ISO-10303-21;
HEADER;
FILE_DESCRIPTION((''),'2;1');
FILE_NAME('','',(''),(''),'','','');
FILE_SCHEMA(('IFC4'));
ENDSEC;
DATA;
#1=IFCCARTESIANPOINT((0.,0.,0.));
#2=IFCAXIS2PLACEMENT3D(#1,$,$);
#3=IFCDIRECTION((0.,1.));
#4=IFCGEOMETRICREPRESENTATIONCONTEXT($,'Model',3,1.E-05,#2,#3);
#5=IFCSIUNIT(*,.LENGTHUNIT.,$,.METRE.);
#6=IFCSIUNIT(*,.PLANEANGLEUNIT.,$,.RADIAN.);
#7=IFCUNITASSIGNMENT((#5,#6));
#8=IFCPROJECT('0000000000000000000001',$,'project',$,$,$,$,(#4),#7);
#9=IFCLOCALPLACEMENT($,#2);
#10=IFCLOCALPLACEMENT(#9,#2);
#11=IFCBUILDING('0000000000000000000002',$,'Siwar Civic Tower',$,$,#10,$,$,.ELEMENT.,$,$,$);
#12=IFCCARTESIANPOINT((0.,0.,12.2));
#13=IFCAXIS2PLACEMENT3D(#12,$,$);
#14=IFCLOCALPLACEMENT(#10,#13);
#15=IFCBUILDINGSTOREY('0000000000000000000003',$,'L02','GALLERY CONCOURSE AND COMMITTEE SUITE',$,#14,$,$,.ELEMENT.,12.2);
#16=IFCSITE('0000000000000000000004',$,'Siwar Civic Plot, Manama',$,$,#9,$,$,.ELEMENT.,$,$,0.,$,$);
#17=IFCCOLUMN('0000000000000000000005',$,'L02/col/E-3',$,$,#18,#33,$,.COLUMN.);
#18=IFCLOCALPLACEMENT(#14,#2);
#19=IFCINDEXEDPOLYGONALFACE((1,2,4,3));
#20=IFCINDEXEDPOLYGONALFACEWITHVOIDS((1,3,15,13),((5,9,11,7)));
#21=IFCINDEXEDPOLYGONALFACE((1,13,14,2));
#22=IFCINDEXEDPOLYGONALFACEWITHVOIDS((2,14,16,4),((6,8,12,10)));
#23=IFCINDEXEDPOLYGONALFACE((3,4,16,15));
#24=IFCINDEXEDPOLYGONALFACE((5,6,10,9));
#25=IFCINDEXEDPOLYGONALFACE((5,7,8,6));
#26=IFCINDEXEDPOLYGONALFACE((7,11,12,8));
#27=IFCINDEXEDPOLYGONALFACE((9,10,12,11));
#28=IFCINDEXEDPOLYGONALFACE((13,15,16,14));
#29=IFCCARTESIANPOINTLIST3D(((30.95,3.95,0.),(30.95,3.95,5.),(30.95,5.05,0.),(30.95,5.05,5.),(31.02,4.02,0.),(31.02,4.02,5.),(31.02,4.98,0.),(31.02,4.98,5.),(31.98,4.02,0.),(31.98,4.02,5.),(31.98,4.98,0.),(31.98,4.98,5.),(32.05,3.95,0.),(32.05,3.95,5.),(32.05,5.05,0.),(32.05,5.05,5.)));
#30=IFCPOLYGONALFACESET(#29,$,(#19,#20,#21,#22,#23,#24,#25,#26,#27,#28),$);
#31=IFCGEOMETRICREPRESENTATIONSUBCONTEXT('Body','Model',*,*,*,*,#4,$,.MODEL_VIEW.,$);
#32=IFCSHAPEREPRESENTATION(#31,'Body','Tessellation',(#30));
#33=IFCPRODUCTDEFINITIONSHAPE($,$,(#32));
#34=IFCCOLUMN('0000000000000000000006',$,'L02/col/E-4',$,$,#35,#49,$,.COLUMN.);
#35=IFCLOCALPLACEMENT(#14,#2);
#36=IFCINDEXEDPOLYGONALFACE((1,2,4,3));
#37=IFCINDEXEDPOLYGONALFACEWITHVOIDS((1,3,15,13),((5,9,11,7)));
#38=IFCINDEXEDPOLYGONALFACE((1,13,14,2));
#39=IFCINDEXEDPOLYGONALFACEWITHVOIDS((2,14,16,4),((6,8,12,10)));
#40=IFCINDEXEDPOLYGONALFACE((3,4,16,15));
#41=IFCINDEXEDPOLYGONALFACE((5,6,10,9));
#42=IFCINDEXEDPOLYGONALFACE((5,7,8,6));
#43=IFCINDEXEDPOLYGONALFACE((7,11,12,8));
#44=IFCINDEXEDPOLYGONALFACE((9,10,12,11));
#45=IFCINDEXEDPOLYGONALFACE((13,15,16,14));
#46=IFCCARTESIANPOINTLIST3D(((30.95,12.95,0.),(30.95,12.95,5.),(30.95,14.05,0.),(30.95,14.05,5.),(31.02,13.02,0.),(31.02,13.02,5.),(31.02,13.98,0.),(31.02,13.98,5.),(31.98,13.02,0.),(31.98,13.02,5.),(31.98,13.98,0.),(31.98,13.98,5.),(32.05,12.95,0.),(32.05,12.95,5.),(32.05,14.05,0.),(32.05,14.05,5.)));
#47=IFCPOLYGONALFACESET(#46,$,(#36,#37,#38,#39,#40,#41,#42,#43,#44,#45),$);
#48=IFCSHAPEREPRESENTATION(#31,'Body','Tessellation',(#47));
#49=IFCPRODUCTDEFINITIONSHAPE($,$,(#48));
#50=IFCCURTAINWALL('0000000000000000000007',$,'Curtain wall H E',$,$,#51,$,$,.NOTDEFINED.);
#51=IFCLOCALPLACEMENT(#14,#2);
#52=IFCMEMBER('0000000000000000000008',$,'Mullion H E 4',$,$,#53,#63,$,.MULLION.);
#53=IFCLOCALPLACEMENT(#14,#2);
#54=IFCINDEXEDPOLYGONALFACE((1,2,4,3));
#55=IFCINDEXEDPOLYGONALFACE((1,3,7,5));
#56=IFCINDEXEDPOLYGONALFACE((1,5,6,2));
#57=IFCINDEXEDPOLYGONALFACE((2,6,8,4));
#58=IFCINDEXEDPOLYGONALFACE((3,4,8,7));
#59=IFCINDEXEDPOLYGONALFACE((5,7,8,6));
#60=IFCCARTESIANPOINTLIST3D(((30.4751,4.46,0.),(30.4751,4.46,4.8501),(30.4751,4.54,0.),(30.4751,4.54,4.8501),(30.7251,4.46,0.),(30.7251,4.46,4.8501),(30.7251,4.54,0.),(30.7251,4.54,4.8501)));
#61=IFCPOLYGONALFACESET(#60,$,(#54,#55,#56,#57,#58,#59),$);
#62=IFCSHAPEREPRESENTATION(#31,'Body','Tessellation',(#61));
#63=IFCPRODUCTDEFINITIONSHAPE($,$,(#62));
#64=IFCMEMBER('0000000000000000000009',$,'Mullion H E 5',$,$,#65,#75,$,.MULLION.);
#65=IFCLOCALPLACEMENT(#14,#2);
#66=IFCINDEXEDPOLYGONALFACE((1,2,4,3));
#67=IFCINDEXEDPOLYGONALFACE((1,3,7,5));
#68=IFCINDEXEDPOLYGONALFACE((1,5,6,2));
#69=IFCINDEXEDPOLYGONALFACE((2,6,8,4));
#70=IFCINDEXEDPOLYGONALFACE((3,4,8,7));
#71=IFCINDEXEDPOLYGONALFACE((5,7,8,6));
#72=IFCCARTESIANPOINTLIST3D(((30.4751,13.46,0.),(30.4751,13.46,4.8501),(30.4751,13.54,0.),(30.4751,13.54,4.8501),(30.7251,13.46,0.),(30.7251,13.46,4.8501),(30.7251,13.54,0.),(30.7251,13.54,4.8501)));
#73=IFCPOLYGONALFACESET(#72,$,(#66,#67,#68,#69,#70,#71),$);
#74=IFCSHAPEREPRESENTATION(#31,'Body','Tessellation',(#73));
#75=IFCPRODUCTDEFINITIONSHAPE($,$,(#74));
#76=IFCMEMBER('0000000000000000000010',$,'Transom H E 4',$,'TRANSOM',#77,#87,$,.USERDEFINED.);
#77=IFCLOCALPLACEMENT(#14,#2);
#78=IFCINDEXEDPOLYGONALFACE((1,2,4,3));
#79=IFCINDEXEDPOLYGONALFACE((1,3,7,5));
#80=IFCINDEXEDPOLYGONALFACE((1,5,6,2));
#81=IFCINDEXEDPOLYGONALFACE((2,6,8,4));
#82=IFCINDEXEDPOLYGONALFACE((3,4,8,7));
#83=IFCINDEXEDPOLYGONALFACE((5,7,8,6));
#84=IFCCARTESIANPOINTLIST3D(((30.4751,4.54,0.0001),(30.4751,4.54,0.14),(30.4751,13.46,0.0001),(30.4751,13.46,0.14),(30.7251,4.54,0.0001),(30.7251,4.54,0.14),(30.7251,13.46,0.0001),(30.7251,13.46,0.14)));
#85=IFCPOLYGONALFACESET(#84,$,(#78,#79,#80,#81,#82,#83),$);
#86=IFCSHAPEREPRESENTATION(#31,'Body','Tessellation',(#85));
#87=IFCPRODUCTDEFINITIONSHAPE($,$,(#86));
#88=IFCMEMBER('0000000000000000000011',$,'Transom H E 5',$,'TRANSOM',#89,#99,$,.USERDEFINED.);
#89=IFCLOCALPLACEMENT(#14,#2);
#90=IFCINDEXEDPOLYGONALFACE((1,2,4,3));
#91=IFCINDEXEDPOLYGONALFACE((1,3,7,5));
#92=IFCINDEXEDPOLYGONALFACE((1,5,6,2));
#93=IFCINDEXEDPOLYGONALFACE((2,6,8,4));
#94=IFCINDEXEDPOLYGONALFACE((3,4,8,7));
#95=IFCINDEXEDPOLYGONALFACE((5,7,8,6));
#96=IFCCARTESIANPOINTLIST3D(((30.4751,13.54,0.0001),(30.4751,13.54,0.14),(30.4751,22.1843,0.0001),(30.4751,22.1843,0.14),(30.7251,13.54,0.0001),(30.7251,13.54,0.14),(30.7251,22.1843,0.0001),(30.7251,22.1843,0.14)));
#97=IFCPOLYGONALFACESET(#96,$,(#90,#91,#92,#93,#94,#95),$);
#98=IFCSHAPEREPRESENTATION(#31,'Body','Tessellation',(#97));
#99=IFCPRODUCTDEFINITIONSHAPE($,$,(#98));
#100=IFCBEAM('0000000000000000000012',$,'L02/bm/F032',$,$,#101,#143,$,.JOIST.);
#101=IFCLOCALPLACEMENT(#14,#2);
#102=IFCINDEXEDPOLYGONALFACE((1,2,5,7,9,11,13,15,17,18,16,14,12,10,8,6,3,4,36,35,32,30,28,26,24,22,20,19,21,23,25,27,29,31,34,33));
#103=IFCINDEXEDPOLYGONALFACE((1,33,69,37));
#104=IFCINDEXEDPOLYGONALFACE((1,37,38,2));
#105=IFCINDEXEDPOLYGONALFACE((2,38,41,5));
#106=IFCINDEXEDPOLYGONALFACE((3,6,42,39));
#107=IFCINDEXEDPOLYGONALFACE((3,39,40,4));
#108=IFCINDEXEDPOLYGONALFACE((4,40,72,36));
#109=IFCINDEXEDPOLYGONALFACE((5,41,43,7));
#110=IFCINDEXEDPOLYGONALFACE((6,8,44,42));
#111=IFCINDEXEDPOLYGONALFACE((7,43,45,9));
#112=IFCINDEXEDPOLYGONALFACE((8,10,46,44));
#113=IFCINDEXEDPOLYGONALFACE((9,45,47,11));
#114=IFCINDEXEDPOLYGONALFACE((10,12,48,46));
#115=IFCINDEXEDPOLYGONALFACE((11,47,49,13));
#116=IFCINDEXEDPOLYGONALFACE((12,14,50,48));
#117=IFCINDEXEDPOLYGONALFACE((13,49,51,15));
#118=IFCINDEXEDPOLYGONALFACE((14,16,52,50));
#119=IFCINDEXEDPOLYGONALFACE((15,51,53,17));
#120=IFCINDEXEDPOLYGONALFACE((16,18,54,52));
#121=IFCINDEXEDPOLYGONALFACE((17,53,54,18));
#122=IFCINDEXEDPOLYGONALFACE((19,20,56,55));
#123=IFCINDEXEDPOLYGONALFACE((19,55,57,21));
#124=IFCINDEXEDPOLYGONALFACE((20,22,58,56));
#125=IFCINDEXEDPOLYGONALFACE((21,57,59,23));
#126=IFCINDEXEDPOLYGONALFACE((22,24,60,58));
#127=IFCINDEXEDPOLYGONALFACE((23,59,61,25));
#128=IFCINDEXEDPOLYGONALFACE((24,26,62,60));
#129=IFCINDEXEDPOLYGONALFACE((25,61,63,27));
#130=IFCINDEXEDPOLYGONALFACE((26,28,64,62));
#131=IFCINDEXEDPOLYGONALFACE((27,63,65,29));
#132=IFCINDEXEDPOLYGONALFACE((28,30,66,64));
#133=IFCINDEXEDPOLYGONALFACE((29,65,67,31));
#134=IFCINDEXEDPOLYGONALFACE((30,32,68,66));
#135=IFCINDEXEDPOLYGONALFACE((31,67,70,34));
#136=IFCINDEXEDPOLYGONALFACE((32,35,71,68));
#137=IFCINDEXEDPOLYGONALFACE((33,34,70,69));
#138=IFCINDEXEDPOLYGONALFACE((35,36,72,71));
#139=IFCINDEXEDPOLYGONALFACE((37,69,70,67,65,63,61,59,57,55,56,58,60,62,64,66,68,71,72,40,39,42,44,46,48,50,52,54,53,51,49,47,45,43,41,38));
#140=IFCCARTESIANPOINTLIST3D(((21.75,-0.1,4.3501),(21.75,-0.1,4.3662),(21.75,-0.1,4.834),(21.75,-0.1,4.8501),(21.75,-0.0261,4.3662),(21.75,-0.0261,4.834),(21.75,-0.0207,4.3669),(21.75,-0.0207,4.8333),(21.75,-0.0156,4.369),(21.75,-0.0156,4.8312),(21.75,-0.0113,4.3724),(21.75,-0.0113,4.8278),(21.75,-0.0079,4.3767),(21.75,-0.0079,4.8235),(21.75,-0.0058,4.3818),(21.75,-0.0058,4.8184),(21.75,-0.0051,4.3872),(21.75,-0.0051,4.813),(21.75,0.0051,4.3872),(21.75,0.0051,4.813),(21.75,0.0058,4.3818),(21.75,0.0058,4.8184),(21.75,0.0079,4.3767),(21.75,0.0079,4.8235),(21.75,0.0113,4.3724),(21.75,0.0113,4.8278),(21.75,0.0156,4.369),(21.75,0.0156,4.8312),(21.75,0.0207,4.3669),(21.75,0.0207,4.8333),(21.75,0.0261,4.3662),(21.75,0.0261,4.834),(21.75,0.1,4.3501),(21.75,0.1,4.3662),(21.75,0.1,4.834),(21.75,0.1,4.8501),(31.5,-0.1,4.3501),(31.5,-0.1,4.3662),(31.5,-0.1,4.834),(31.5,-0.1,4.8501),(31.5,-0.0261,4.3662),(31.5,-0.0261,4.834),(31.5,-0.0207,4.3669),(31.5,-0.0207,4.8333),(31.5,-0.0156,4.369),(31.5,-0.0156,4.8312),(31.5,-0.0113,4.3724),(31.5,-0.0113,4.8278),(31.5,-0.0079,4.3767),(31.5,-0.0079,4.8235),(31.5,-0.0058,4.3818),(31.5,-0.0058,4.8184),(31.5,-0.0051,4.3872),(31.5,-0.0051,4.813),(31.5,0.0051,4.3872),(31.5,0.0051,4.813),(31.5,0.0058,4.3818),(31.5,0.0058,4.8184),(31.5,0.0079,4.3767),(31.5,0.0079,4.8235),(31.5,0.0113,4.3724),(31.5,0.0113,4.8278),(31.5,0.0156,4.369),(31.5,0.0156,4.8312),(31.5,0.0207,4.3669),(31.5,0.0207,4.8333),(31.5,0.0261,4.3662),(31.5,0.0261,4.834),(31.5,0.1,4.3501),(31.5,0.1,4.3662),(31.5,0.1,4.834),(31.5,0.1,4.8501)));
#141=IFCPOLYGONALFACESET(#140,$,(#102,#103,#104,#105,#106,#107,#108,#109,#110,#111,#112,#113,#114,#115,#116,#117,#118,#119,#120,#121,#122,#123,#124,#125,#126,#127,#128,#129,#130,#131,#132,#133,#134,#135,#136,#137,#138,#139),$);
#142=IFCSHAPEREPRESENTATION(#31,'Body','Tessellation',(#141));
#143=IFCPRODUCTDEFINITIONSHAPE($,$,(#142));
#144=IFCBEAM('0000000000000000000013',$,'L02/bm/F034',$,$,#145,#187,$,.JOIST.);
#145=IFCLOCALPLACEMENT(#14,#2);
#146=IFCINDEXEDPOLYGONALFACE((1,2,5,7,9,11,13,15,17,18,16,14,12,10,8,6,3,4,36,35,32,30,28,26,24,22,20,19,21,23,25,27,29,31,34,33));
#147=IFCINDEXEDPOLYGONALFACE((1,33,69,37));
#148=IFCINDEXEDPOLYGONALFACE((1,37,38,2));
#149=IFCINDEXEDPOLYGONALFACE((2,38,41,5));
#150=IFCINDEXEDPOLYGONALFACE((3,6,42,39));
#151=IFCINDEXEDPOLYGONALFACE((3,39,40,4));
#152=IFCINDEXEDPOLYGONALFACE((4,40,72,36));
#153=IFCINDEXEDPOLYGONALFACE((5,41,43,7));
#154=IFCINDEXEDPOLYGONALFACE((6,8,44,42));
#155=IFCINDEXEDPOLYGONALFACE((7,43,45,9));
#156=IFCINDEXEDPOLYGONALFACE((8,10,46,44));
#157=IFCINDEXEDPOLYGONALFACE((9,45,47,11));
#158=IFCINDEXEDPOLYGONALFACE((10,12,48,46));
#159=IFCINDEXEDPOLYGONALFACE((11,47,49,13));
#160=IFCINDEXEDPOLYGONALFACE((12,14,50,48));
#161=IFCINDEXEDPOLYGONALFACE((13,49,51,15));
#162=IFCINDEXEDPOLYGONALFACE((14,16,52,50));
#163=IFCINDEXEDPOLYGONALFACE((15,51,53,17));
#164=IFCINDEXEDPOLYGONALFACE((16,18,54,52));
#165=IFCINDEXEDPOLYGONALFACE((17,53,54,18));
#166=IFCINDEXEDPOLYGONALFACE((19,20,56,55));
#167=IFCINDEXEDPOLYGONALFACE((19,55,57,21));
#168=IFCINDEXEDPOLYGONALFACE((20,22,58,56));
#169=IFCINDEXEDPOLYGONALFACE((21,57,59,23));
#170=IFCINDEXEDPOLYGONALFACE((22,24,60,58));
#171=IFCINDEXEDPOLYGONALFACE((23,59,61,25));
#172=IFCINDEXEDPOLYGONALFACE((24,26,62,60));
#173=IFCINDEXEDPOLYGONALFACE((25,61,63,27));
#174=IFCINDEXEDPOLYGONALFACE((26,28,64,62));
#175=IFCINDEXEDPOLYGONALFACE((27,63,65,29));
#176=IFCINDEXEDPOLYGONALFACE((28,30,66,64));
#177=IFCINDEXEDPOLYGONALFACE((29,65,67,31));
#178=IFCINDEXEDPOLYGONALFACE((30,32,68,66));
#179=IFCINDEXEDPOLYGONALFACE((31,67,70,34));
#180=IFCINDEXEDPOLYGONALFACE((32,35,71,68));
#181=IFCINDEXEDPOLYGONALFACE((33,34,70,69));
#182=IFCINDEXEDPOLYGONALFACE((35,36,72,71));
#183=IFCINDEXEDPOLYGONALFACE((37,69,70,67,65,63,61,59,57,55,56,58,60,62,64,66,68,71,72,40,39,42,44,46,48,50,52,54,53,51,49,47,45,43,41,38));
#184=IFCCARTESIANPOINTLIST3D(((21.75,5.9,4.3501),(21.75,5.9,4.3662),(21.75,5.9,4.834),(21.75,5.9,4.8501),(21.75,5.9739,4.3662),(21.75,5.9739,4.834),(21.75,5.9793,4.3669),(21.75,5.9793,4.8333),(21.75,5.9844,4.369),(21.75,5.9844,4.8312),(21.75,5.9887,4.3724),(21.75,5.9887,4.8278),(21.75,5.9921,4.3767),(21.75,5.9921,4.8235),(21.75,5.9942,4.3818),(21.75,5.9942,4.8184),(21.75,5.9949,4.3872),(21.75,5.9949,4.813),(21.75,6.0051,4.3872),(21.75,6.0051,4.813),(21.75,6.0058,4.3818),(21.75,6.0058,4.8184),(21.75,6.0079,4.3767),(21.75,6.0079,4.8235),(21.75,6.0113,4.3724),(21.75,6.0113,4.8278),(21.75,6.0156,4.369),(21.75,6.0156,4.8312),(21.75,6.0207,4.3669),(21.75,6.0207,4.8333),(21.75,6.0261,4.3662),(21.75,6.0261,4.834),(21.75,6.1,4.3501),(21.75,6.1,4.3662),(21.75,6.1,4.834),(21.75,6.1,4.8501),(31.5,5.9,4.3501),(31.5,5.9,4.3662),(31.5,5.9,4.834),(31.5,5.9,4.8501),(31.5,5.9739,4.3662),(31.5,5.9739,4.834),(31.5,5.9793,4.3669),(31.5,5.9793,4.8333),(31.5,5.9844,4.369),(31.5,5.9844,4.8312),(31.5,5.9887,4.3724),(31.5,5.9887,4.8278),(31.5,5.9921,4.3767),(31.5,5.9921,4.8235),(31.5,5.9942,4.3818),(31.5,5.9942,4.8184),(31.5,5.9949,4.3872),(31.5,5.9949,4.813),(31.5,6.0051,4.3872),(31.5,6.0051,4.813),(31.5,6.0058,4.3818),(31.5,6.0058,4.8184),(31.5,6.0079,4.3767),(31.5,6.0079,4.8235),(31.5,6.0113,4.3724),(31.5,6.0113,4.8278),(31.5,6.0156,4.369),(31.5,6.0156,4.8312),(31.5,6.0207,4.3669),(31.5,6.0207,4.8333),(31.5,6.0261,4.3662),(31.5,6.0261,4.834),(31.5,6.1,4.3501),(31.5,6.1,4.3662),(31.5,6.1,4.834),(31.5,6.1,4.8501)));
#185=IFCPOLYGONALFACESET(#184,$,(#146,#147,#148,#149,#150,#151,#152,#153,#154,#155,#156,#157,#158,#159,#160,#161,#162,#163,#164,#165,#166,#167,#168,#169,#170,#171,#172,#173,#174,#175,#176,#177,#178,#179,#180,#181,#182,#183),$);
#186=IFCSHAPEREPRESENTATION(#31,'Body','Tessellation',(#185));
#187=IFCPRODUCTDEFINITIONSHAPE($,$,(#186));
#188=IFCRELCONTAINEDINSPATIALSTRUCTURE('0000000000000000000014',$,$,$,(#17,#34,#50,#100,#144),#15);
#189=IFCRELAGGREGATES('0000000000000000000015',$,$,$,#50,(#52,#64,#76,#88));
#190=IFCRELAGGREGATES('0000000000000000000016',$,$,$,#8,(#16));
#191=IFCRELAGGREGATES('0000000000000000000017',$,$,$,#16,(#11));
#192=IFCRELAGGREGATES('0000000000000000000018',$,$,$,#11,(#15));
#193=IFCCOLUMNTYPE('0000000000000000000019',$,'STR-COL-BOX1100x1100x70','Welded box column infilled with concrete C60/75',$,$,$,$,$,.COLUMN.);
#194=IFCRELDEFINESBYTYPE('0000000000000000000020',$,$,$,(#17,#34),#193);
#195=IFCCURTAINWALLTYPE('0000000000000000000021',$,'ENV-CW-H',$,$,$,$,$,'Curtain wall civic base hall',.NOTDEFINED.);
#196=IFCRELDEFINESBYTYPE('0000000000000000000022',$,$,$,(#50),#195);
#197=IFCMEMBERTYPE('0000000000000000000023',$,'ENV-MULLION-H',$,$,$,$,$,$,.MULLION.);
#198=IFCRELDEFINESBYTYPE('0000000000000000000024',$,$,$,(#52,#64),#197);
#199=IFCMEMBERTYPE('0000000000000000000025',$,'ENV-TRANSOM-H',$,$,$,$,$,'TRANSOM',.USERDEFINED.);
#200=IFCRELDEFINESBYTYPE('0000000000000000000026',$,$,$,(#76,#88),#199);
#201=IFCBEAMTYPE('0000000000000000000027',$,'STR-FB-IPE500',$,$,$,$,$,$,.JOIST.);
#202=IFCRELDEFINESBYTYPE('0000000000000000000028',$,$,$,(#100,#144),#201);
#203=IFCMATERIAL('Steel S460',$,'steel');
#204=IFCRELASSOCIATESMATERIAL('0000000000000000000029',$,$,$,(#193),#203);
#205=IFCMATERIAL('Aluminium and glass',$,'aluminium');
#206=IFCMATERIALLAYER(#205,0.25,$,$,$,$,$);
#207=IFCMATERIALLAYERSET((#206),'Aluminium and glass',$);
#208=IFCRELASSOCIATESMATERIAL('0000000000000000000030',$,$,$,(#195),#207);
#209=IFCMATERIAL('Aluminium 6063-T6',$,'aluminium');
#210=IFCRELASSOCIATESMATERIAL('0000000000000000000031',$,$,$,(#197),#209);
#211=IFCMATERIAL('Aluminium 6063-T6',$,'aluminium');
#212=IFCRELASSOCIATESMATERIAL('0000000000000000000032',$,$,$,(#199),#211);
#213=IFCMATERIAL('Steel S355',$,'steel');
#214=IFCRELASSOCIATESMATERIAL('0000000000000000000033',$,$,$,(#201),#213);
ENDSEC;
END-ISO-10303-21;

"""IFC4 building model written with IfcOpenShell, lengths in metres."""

from ifc_helpers import new_model, si_unit, direction, frame, origin, origin_2d, place, context, subcontext, project, spatial, rectangle, hollow_rectangle, i_section, extrude, material, layer, layer_set, material_profile, profile_set, type_object, element, aggregate, save


model = new_model("IFC4")

# Units and contexts
model_context = context("Model", 3, precision=1e-05, world=origin(), true_north=direction((0.0, 1.0)))
body_context = subcontext(model_context, "Body", "Model", "MODEL_VIEW")
ifc_project = project(units=[si_unit("LENGTHUNIT", "METRE"), si_unit("PLANEANGLEUNIT", "RADIAN")], contexts=[model_context])

# Site, building, storey
site_placement = place(None, origin())
site = spatial("IfcSite", under=ifc_project, at=site_placement, Name="Siwar Civic Plot, Manama", CompositionType="ELEMENT", RefElevation=0.0)
building_placement = place(site_placement, origin())
building = spatial("IfcBuilding", under=site, at=building_placement, Name="Siwar Civic Tower", CompositionType="ELEMENT")
storey_placement = place(building_placement, frame((0.0, 0.0, 12.2)))
storey = spatial("IfcBuildingStorey", under=building, at=storey_placement, Name="L02", Description="GALLERY CONCOURSE AND COMMITTEE SUITE", CompositionType="ELEMENT", Elevation=12.2)

# Columns
ifc_material_1 = material(Name="Steel S460", Category="steel")
ifc_material_profile_1 = material_profile(ifc_material_1, hollow_rectangle(XDim=1.1001, YDim=1.1001, WallThickness=0.0701, at=origin_2d()), Name="BOX1100x1100x70")
ifc_profile_set_1 = profile_set([ifc_material_profile_1], Name="Steel S460")
column_type = type_object("IfcColumnType", Name="STR-COL-BOX1100x1100x70", Description="Welded box column infilled with concrete C60/75", PredefinedType="COLUMN", material=ifc_profile_set_1)
for number, where, z_axis, x_axis, name in (
    (1, (31.5, 4.5, 0.0), (0.0, 0.0, 1.0), (1.0, 0.0, 0.0), "L02/col/E-3"),
    (2, (31.5, 13.5, 0.0), (0.0, 0.0, 1.0), (1.0, 0.0, 0.0), "L02/col/E-4"),
):
    element("IfcColumn", number, at=place(storey_placement, frame(where, z_axis=z_axis, x_axis=x_axis)), inside=storey, type_object=column_type, Name=name, PredefinedType="COLUMN", context=body_context, shape_type="SweptSolid", body=[
        extrude(hollow_rectangle(XDim=1.1001, YDim=1.1001, WallThickness=0.0701, at=origin_2d()), origin(), (0.0, 0.0, 1.0), 5.0),
    ])

# Curtain wall, members
ifc_material_2 = material(Name="Aluminium and glass", Category="aluminium")
ifc_layer_1 = layer(ifc_material_2, 0.25)
ifc_layer_set_1 = layer_set([ifc_layer_1], Name="Aluminium and glass")
curtain_wall_type = type_object("IfcCurtainWallType", Name="ENV-CW-H", ElementType="Curtain wall civic base hall", PredefinedType="NOTDEFINED", material=ifc_layer_set_1)
curtain_wall_placement = place(storey_placement, origin())
curtain_wall = element("IfcCurtainWall", 3, at=curtain_wall_placement, inside=storey, type_object=curtain_wall_type, Name="Curtain wall H E", PredefinedType="NOTDEFINED")
ifc_material_3 = material(Name="Aluminium 6063-T6", Category="aluminium")
ifc_material_profile_2 = material_profile(ifc_material_3, rectangle(XDim=0.25, YDim=0.0801, at=origin_2d()), Name="AL 250x80")
ifc_profile_set_2 = profile_set([ifc_material_profile_2], Name="Aluminium 6063-T6")
member_type_1 = type_object("IfcMemberType", Name="ENV-MULLION-H", PredefinedType="MULLION", material=ifc_profile_set_2)
member_1_placement = place(storey_placement, frame((30.6001, 4.5, 0.0), z_axis=(0.0, 0.0, 1.0), x_axis=(-1.0, 0.0, 0.0)))
member_1 = element("IfcMember", 4, at=member_1_placement, type_object=member_type_1, Name="Mullion H E 4", PredefinedType="MULLION", context=body_context, shape_type="SweptSolid", body=[
    extrude(rectangle(XDim=0.25, YDim=0.0801, at=origin_2d()), origin(), (0.0, 0.0, 1.0), 4.8501),
])
member_2_placement = place(storey_placement, frame((30.6001, 13.5, 0.0), z_axis=(0.0, 0.0, 1.0), x_axis=(-1.0, 0.0, 0.0)))
member_2 = element("IfcMember", 5, at=member_2_placement, type_object=member_type_1, Name="Mullion H E 5", PredefinedType="MULLION", context=body_context, shape_type="SweptSolid", body=[
    extrude(rectangle(XDim=0.25, YDim=0.0801, at=origin_2d()), origin(), (0.0, 0.0, 1.0), 4.8501),
])
ifc_material_4 = material(Name="Aluminium 6063-T6", Category="aluminium")
ifc_material_profile_3 = material_profile(ifc_material_4, rectangle(XDim=0.25, YDim=0.1399, at=origin_2d()), Name="AL 250x140")
ifc_profile_set_3 = profile_set([ifc_material_profile_3], Name="Aluminium 6063-T6")
member_type_2 = type_object("IfcMemberType", Name="ENV-TRANSOM-H", ElementType="TRANSOM", PredefinedType="USERDEFINED", material=ifc_profile_set_3)
member_3_placement = place(storey_placement, frame((30.6001, 4.54, 0.0701), z_axis=(0.0, 1.0, 0.0), x_axis=(-1.0, 0.0, 0.0)))
member_3 = element("IfcMember", 6, at=member_3_placement, type_object=member_type_2, Name="Transom H E 4", ObjectType="TRANSOM", PredefinedType="USERDEFINED", context=body_context, shape_type="SweptSolid", body=[
    extrude(rectangle(XDim=0.25, YDim=0.1399, at=origin_2d()), origin(), (0.0, 0.0, 1.0), 8.9199),
])
member_4_placement = place(storey_placement, frame((30.6001, 13.54, 0.0701), z_axis=(0.0, 1.0, 0.0), x_axis=(-1.0, 0.0, 0.0)))
member_4 = element("IfcMember", 7, at=member_4_placement, type_object=member_type_2, Name="Transom H E 5", ObjectType="TRANSOM", PredefinedType="USERDEFINED", context=body_context, shape_type="SweptSolid", body=[
    extrude(rectangle(XDim=0.25, YDim=0.1399, at=origin_2d()), origin(), (0.0, 0.0, 1.0), 8.6443),
])

# Beams
ifc_material_5 = material(Name="Steel S355", Category="steel")
ifc_material_profile_4 = material_profile(ifc_material_5, i_section(OverallWidth=0.2, OverallDepth=0.5, WebThickness=0.0103, FlangeThickness=0.0161, FilletRadius=0.021, at=origin_2d()), Name="IPE500")
ifc_profile_set_4 = profile_set([ifc_material_profile_4], Name="Steel S355")
beam_type_1 = type_object("IfcBeamType", Name="STR-FB-IPE500", PredefinedType="JOIST", material=ifc_profile_set_4)
for number, where, z_axis, x_axis, name in (
    (8, (21.75, 0.0, 4.6001), (1.0, 0.0, 0.0), (0.0, 1.0, 0.0), "L02/bm/F032"),
    (9, (21.75, 6.0, 4.6001), (1.0, 0.0, 0.0), (0.0, 1.0, 0.0), "L02/bm/F034"),
):
    element("IfcBeam", number, at=place(storey_placement, frame(where, z_axis=z_axis, x_axis=x_axis)), inside=storey, type_object=beam_type_1, Name=name, PredefinedType="JOIST", context=body_context, shape_type="SweptSolid", body=[
        extrude(i_section(OverallWidth=0.2, OverallDepth=0.5, WebThickness=0.0103, FlangeThickness=0.0161, FilletRadius=0.021, at=origin_2d()), origin(), (0.0, 0.0, 1.0), 9.75),
    ])

aggregate(curtain_wall, [member_1, member_2, member_3, member_4])

save(model, "model.ifc")
